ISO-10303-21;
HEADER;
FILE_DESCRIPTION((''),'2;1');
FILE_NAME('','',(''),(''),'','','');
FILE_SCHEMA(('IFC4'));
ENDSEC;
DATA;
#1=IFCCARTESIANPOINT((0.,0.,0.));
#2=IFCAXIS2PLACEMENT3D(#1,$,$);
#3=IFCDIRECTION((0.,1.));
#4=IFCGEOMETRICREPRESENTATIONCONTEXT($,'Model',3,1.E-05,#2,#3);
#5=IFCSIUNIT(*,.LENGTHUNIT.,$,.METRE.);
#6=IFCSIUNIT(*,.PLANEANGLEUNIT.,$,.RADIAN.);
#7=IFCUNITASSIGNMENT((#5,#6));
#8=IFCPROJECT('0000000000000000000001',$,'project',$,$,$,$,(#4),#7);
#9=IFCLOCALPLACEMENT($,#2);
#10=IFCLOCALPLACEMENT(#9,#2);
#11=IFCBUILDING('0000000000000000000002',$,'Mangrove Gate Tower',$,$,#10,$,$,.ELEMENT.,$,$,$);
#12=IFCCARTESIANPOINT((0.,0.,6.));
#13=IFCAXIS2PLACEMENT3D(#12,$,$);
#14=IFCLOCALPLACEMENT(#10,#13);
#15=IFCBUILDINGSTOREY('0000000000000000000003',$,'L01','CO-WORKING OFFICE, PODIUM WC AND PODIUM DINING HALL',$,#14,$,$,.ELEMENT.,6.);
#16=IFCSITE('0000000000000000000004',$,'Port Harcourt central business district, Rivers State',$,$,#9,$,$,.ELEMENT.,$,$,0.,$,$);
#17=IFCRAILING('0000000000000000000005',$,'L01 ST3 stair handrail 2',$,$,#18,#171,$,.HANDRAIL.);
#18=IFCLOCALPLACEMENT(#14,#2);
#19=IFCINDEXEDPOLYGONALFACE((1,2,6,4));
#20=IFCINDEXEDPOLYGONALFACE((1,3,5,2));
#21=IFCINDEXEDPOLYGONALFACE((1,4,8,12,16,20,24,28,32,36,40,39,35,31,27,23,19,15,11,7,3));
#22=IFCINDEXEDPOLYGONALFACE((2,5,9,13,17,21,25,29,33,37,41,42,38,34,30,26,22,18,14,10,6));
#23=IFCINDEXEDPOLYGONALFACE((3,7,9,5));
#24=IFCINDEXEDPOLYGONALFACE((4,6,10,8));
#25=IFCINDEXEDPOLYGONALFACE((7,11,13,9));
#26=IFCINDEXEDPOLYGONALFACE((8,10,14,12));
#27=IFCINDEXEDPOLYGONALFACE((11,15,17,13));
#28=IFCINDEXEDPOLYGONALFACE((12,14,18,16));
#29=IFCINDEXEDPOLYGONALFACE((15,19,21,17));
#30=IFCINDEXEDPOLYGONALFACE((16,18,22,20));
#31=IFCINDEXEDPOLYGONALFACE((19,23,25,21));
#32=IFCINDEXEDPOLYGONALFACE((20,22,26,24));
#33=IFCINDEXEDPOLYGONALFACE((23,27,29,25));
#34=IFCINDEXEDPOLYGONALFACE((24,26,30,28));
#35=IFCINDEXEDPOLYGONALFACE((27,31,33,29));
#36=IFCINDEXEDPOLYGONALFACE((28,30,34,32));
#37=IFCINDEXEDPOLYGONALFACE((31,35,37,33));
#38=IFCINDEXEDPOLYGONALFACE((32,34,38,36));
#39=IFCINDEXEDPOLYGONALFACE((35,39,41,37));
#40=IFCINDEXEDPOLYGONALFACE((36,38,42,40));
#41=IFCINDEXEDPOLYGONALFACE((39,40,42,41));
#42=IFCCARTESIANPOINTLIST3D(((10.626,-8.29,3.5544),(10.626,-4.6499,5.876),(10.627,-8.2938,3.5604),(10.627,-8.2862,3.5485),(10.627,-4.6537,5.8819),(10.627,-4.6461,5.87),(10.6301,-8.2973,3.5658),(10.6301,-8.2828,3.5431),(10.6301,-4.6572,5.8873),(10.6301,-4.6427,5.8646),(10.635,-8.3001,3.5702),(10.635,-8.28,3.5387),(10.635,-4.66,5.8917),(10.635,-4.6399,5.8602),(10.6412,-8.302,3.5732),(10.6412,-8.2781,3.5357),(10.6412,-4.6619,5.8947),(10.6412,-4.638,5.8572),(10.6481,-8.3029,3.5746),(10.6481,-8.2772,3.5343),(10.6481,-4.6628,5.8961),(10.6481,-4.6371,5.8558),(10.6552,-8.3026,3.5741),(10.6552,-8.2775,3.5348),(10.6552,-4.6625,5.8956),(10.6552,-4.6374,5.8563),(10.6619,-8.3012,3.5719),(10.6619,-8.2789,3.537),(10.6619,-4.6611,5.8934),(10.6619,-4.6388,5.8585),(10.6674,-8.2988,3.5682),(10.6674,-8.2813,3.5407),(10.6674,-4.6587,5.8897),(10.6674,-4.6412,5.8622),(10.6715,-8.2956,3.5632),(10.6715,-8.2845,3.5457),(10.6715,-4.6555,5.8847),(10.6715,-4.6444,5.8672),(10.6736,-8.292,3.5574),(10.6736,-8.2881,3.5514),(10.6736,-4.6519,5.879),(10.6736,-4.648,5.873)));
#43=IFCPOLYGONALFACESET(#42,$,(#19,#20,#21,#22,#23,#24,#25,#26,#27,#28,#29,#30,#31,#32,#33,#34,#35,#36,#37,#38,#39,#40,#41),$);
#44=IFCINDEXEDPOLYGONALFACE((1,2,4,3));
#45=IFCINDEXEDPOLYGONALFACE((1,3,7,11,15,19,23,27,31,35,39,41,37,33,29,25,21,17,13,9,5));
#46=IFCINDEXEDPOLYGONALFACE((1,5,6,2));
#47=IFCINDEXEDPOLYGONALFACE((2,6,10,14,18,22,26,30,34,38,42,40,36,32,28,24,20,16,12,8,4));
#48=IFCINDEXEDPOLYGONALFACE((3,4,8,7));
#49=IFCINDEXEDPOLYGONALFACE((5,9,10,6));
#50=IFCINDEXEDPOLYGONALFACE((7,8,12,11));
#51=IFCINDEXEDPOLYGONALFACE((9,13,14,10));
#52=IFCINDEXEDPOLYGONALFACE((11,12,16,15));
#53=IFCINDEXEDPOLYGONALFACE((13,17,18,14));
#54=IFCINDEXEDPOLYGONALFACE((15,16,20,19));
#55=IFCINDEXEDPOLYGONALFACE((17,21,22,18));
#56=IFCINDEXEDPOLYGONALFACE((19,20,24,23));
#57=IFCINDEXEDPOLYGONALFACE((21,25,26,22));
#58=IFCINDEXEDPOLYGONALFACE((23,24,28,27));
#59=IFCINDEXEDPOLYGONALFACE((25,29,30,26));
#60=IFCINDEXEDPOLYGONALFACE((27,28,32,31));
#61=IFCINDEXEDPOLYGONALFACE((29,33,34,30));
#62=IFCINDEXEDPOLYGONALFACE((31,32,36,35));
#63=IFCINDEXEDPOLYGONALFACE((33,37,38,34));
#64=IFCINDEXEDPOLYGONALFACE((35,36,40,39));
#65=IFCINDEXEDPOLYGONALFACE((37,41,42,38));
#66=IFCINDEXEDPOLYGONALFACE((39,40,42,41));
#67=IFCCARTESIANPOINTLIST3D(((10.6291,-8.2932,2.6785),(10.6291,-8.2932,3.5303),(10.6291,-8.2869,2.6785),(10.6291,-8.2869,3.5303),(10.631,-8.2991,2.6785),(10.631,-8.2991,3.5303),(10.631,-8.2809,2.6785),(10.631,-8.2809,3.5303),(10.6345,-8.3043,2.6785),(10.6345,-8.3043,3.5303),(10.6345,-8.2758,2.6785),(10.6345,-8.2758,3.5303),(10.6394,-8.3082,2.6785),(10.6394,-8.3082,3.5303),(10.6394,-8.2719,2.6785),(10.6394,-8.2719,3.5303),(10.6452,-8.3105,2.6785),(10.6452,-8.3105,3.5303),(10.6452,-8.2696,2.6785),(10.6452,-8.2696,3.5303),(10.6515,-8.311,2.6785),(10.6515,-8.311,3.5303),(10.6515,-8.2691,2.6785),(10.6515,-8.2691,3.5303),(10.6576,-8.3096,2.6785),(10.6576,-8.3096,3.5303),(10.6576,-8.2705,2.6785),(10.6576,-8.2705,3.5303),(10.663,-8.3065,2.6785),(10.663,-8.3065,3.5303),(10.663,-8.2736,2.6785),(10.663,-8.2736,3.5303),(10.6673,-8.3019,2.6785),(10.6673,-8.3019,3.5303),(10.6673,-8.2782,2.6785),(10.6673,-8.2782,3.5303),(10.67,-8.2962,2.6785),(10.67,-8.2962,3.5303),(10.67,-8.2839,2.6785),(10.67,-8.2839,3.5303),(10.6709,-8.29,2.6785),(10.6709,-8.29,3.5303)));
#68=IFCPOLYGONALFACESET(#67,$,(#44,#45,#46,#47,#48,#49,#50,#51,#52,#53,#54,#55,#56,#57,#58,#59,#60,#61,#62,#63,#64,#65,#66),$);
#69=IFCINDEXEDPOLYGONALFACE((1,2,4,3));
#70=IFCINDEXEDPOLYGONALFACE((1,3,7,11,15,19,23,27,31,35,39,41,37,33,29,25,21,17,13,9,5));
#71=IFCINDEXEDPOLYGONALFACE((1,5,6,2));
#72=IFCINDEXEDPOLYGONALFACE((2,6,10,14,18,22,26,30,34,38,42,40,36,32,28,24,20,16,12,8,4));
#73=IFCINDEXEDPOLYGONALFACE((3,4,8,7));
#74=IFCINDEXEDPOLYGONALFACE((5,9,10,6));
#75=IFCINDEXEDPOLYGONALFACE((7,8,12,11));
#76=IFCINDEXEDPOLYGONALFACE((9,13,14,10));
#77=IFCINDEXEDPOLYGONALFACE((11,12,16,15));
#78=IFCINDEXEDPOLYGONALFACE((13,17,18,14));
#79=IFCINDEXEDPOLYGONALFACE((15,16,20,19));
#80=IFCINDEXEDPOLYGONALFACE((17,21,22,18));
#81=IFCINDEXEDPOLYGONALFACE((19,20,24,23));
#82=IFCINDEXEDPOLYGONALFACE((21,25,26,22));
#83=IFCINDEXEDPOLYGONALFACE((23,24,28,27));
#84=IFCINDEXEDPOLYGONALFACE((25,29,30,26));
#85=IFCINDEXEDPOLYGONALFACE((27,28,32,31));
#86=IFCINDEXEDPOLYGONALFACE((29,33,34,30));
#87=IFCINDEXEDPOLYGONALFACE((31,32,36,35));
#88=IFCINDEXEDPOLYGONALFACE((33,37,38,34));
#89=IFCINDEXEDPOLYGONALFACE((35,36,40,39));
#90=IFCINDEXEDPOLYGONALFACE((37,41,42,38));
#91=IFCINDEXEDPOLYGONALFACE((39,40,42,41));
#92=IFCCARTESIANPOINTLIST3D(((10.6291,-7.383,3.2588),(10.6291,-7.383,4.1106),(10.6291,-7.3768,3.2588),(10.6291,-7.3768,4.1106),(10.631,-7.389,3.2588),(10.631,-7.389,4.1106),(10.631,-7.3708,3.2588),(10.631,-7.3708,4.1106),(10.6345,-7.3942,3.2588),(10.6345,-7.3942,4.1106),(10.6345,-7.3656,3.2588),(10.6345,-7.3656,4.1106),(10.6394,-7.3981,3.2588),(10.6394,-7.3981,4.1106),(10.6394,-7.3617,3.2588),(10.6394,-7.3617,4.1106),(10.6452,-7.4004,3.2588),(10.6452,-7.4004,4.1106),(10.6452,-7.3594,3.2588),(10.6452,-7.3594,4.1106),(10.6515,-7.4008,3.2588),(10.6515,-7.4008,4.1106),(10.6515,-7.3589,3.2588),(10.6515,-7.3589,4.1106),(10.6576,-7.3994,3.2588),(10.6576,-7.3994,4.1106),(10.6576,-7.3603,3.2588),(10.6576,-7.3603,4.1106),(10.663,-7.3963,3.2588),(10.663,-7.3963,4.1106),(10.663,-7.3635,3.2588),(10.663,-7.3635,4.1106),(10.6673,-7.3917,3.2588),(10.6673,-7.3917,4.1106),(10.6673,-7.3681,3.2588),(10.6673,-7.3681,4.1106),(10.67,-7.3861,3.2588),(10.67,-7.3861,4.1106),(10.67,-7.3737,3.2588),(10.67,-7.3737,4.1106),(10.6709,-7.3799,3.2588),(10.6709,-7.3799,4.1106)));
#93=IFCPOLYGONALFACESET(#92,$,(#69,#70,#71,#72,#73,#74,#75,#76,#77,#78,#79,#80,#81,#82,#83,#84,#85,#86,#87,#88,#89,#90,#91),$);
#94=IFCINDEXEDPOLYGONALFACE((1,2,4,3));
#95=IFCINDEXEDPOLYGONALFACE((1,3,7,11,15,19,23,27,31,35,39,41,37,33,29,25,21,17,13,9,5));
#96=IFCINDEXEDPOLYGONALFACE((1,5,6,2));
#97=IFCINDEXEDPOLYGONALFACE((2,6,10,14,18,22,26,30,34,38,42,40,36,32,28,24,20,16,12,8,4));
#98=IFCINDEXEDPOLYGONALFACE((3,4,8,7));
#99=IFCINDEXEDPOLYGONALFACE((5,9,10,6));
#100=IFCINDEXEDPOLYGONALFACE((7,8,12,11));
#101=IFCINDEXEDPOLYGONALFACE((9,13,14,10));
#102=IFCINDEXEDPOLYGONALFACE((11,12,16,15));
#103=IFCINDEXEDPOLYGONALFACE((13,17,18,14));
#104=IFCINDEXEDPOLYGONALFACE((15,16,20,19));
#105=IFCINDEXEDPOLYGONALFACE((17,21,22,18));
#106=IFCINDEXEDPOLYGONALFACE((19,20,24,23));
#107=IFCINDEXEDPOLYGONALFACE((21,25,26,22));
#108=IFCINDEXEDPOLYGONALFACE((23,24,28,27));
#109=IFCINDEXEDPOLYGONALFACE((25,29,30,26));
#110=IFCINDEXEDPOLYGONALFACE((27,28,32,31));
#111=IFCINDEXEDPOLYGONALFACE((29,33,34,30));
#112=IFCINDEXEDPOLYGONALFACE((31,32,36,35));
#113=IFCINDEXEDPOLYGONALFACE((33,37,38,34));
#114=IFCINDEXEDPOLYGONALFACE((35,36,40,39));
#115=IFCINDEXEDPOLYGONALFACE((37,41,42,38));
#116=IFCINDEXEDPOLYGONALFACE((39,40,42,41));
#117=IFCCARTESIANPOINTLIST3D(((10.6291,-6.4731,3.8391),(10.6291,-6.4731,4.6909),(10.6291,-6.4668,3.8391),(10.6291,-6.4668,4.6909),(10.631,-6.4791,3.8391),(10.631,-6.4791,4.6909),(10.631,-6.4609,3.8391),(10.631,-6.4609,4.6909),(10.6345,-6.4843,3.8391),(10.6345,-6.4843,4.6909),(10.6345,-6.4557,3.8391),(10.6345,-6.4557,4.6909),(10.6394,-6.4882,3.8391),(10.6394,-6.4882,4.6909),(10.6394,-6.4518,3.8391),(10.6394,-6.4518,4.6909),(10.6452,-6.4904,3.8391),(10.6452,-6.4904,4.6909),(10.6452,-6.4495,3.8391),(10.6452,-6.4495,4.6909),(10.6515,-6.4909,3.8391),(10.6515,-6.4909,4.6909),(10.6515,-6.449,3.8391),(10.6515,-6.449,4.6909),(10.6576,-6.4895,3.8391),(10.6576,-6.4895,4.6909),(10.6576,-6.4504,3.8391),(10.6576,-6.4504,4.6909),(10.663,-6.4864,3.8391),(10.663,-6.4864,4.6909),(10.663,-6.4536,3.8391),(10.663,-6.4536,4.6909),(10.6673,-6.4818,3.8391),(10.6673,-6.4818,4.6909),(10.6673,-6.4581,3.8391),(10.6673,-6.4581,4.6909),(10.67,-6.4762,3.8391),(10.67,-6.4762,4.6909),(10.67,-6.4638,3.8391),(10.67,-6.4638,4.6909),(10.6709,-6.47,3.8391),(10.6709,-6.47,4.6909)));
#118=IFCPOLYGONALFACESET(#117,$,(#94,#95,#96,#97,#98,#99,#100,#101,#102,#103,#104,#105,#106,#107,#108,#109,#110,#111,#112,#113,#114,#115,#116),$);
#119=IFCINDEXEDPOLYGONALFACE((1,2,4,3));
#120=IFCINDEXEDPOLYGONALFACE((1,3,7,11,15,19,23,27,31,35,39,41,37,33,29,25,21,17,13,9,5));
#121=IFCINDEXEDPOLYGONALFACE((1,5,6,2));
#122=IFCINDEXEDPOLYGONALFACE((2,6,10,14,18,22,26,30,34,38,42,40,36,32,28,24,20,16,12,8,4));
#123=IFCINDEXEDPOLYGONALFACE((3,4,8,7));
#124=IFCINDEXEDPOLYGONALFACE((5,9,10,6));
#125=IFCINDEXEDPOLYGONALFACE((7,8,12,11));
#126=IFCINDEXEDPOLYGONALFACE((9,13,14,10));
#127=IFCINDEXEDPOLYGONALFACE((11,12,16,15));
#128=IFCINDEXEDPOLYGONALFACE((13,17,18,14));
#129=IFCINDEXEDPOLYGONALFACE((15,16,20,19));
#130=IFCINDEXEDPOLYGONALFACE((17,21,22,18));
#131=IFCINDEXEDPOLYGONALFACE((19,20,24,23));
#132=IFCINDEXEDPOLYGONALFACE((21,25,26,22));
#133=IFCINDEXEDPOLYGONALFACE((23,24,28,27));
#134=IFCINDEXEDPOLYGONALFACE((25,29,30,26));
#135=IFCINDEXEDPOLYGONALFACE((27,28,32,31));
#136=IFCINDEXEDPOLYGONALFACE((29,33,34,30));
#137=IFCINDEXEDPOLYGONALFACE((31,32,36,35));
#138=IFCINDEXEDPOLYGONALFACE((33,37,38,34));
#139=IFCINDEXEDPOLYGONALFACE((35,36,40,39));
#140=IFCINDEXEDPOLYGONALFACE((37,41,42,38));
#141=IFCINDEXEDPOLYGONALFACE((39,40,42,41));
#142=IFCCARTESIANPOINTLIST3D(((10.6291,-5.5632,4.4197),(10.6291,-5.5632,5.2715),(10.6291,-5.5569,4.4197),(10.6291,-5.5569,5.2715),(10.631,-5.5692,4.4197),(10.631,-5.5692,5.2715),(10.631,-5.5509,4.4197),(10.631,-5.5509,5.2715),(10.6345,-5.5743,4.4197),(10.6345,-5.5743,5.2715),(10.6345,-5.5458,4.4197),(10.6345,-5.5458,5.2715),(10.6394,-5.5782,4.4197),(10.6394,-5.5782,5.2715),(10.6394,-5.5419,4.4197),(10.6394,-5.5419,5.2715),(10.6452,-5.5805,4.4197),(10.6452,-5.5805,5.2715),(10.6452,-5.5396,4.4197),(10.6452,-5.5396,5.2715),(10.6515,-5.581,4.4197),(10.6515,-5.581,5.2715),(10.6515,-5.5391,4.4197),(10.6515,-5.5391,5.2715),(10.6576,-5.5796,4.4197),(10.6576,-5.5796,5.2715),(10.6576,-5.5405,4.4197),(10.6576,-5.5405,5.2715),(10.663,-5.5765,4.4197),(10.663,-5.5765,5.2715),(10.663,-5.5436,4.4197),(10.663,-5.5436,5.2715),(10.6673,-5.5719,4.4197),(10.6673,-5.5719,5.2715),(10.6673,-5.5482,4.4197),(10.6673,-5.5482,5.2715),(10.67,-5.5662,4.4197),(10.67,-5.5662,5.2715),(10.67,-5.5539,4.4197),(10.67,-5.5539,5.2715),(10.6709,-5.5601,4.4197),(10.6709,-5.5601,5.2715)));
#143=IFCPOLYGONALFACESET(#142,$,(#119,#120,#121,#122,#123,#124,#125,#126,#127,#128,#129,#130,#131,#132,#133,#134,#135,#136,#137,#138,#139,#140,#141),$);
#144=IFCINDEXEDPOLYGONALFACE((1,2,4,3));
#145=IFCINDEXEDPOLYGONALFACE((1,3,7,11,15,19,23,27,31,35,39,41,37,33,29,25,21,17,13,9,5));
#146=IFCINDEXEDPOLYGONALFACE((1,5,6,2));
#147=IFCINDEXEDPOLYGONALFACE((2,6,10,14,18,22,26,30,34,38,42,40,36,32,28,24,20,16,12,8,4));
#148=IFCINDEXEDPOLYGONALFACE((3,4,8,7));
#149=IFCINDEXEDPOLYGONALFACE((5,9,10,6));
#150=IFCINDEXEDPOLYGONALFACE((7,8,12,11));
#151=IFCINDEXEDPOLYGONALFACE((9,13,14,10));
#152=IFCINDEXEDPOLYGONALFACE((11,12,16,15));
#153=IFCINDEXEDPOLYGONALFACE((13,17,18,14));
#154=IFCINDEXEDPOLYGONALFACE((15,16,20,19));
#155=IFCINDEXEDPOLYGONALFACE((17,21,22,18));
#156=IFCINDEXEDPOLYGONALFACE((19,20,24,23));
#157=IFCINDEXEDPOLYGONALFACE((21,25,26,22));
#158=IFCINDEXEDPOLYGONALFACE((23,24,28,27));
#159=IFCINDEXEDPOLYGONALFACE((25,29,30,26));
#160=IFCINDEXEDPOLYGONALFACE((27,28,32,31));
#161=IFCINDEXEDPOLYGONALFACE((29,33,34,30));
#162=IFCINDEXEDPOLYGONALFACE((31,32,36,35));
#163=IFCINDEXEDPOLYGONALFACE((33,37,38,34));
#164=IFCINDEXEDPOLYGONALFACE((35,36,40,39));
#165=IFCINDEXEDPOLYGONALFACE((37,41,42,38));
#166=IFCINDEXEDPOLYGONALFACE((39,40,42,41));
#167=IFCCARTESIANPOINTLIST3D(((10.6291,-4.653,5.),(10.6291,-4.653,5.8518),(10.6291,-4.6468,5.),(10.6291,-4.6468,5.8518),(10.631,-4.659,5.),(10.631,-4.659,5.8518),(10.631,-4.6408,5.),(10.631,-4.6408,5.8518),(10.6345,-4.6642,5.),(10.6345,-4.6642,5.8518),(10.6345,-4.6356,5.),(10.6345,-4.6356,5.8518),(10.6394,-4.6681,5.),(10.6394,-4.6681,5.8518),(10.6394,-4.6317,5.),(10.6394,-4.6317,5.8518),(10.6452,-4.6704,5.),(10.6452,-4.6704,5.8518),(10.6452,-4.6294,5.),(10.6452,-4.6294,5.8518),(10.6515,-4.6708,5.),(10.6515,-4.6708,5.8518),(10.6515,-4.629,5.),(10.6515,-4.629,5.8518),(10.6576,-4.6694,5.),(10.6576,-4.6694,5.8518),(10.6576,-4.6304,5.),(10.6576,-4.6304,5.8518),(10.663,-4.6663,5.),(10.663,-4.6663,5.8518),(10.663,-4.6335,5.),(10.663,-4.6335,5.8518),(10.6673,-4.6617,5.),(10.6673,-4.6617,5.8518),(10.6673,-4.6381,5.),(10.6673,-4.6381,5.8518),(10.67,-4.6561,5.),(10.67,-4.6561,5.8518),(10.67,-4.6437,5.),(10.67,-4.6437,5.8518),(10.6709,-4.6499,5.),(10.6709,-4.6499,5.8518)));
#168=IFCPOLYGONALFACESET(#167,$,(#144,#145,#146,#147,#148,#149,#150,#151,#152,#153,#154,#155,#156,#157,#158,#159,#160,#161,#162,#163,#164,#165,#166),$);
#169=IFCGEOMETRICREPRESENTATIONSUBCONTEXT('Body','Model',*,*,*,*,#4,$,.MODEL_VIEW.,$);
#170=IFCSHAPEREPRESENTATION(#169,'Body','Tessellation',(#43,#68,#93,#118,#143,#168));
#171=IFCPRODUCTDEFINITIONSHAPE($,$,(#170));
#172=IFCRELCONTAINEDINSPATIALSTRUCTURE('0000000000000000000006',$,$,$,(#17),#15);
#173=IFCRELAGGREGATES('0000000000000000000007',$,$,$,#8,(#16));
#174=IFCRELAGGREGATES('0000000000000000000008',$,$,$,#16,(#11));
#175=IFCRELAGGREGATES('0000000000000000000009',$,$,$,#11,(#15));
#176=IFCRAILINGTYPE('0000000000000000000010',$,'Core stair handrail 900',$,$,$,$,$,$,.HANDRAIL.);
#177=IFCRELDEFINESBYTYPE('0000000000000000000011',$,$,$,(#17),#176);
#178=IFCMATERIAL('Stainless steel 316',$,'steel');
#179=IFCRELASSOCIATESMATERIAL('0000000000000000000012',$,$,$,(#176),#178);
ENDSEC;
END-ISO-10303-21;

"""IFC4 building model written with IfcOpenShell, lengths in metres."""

from ifc_helpers import new_model, si_unit, direction, frame, origin, origin_2d, place, context, subcontext, project, spatial, circle, extrude, material, type_object, element, save


model = new_model("IFC4")

# Units and contexts
model_context = context("Model", 3, precision=1e-05, world=origin(), true_north=direction((0.0, 1.0)))
body_context = subcontext(model_context, "Body", "Model", "MODEL_VIEW")
ifc_project = project(units=[si_unit("LENGTHUNIT", "METRE"), si_unit("PLANEANGLEUNIT", "RADIAN")], contexts=[model_context])

# Site, building, storey
site_placement = place(None, origin())
site = spatial("IfcSite", under=ifc_project, at=site_placement, Name="Port Harcourt central business district, Rivers State", CompositionType="ELEMENT", RefElevation=0.0)
building_placement = place(site_placement, origin())
building = spatial("IfcBuilding", under=site, at=building_placement, Name="Mangrove Gate Tower", CompositionType="ELEMENT")
storey_placement = place(building_placement, frame((0.0, 0.0, 6.0)))
storey = spatial("IfcBuildingStorey", under=building, at=storey_placement, Name="L01", Description="CO-WORKING OFFICE, PODIUM WC AND PODIUM DINING HALL", CompositionType="ELEMENT", Elevation=6.0)

# Railing
ifc_material_1 = material(Name="Stainless steel 316", Category="steel")
railing_type_1 = type_object("IfcRailingType", Name="Core stair handrail 900", PredefinedType="HANDRAIL", material=ifc_material_1)
for number, where, name in (
    (1, (10.6499, -8.29, 2.6785), "L01 ST3 stair handrail 2"),
):
    element("IfcRailing", number, at=place(storey_placement, frame(where)), inside=storey, type_object=railing_type_1, Name=name, PredefinedType="HANDRAIL", context=body_context, shape_type="SweptSolid", body=[
        extrude(circle(Radius=0.0239, at=origin_2d()), frame((0.0, 0.0, 0.876), z_axis=(0.0, 0.843128, 0.537713), x_axis=(-1.0, 0.0, 0.0)), (0.0, 0.0, 1.0), 4.3174),
        extrude(circle(Radius=0.021, at=origin_2d()), origin(), (0.0, 0.0, 1.0), 0.8518),
        extrude(circle(Radius=0.021, at=origin_2d()), frame((0.0, 0.9102, 0.5803)), (0.0, 0.0, 1.0), 0.8518),
        extrude(circle(Radius=0.021, at=origin_2d()), frame((0.0, 1.8201, 1.1606)), (0.0, 0.0, 1.0), 0.8518),
        extrude(circle(Radius=0.021, at=origin_2d()), frame((0.0, 2.73, 1.7412)), (0.0, 0.0, 1.0), 0.8518),
        extrude(circle(Radius=0.021, at=origin_2d()), frame((0.0, 3.6401, 2.3215)), (0.0, 0.0, 1.0), 0.8518),
    ])

save(model, "model.ifc")
